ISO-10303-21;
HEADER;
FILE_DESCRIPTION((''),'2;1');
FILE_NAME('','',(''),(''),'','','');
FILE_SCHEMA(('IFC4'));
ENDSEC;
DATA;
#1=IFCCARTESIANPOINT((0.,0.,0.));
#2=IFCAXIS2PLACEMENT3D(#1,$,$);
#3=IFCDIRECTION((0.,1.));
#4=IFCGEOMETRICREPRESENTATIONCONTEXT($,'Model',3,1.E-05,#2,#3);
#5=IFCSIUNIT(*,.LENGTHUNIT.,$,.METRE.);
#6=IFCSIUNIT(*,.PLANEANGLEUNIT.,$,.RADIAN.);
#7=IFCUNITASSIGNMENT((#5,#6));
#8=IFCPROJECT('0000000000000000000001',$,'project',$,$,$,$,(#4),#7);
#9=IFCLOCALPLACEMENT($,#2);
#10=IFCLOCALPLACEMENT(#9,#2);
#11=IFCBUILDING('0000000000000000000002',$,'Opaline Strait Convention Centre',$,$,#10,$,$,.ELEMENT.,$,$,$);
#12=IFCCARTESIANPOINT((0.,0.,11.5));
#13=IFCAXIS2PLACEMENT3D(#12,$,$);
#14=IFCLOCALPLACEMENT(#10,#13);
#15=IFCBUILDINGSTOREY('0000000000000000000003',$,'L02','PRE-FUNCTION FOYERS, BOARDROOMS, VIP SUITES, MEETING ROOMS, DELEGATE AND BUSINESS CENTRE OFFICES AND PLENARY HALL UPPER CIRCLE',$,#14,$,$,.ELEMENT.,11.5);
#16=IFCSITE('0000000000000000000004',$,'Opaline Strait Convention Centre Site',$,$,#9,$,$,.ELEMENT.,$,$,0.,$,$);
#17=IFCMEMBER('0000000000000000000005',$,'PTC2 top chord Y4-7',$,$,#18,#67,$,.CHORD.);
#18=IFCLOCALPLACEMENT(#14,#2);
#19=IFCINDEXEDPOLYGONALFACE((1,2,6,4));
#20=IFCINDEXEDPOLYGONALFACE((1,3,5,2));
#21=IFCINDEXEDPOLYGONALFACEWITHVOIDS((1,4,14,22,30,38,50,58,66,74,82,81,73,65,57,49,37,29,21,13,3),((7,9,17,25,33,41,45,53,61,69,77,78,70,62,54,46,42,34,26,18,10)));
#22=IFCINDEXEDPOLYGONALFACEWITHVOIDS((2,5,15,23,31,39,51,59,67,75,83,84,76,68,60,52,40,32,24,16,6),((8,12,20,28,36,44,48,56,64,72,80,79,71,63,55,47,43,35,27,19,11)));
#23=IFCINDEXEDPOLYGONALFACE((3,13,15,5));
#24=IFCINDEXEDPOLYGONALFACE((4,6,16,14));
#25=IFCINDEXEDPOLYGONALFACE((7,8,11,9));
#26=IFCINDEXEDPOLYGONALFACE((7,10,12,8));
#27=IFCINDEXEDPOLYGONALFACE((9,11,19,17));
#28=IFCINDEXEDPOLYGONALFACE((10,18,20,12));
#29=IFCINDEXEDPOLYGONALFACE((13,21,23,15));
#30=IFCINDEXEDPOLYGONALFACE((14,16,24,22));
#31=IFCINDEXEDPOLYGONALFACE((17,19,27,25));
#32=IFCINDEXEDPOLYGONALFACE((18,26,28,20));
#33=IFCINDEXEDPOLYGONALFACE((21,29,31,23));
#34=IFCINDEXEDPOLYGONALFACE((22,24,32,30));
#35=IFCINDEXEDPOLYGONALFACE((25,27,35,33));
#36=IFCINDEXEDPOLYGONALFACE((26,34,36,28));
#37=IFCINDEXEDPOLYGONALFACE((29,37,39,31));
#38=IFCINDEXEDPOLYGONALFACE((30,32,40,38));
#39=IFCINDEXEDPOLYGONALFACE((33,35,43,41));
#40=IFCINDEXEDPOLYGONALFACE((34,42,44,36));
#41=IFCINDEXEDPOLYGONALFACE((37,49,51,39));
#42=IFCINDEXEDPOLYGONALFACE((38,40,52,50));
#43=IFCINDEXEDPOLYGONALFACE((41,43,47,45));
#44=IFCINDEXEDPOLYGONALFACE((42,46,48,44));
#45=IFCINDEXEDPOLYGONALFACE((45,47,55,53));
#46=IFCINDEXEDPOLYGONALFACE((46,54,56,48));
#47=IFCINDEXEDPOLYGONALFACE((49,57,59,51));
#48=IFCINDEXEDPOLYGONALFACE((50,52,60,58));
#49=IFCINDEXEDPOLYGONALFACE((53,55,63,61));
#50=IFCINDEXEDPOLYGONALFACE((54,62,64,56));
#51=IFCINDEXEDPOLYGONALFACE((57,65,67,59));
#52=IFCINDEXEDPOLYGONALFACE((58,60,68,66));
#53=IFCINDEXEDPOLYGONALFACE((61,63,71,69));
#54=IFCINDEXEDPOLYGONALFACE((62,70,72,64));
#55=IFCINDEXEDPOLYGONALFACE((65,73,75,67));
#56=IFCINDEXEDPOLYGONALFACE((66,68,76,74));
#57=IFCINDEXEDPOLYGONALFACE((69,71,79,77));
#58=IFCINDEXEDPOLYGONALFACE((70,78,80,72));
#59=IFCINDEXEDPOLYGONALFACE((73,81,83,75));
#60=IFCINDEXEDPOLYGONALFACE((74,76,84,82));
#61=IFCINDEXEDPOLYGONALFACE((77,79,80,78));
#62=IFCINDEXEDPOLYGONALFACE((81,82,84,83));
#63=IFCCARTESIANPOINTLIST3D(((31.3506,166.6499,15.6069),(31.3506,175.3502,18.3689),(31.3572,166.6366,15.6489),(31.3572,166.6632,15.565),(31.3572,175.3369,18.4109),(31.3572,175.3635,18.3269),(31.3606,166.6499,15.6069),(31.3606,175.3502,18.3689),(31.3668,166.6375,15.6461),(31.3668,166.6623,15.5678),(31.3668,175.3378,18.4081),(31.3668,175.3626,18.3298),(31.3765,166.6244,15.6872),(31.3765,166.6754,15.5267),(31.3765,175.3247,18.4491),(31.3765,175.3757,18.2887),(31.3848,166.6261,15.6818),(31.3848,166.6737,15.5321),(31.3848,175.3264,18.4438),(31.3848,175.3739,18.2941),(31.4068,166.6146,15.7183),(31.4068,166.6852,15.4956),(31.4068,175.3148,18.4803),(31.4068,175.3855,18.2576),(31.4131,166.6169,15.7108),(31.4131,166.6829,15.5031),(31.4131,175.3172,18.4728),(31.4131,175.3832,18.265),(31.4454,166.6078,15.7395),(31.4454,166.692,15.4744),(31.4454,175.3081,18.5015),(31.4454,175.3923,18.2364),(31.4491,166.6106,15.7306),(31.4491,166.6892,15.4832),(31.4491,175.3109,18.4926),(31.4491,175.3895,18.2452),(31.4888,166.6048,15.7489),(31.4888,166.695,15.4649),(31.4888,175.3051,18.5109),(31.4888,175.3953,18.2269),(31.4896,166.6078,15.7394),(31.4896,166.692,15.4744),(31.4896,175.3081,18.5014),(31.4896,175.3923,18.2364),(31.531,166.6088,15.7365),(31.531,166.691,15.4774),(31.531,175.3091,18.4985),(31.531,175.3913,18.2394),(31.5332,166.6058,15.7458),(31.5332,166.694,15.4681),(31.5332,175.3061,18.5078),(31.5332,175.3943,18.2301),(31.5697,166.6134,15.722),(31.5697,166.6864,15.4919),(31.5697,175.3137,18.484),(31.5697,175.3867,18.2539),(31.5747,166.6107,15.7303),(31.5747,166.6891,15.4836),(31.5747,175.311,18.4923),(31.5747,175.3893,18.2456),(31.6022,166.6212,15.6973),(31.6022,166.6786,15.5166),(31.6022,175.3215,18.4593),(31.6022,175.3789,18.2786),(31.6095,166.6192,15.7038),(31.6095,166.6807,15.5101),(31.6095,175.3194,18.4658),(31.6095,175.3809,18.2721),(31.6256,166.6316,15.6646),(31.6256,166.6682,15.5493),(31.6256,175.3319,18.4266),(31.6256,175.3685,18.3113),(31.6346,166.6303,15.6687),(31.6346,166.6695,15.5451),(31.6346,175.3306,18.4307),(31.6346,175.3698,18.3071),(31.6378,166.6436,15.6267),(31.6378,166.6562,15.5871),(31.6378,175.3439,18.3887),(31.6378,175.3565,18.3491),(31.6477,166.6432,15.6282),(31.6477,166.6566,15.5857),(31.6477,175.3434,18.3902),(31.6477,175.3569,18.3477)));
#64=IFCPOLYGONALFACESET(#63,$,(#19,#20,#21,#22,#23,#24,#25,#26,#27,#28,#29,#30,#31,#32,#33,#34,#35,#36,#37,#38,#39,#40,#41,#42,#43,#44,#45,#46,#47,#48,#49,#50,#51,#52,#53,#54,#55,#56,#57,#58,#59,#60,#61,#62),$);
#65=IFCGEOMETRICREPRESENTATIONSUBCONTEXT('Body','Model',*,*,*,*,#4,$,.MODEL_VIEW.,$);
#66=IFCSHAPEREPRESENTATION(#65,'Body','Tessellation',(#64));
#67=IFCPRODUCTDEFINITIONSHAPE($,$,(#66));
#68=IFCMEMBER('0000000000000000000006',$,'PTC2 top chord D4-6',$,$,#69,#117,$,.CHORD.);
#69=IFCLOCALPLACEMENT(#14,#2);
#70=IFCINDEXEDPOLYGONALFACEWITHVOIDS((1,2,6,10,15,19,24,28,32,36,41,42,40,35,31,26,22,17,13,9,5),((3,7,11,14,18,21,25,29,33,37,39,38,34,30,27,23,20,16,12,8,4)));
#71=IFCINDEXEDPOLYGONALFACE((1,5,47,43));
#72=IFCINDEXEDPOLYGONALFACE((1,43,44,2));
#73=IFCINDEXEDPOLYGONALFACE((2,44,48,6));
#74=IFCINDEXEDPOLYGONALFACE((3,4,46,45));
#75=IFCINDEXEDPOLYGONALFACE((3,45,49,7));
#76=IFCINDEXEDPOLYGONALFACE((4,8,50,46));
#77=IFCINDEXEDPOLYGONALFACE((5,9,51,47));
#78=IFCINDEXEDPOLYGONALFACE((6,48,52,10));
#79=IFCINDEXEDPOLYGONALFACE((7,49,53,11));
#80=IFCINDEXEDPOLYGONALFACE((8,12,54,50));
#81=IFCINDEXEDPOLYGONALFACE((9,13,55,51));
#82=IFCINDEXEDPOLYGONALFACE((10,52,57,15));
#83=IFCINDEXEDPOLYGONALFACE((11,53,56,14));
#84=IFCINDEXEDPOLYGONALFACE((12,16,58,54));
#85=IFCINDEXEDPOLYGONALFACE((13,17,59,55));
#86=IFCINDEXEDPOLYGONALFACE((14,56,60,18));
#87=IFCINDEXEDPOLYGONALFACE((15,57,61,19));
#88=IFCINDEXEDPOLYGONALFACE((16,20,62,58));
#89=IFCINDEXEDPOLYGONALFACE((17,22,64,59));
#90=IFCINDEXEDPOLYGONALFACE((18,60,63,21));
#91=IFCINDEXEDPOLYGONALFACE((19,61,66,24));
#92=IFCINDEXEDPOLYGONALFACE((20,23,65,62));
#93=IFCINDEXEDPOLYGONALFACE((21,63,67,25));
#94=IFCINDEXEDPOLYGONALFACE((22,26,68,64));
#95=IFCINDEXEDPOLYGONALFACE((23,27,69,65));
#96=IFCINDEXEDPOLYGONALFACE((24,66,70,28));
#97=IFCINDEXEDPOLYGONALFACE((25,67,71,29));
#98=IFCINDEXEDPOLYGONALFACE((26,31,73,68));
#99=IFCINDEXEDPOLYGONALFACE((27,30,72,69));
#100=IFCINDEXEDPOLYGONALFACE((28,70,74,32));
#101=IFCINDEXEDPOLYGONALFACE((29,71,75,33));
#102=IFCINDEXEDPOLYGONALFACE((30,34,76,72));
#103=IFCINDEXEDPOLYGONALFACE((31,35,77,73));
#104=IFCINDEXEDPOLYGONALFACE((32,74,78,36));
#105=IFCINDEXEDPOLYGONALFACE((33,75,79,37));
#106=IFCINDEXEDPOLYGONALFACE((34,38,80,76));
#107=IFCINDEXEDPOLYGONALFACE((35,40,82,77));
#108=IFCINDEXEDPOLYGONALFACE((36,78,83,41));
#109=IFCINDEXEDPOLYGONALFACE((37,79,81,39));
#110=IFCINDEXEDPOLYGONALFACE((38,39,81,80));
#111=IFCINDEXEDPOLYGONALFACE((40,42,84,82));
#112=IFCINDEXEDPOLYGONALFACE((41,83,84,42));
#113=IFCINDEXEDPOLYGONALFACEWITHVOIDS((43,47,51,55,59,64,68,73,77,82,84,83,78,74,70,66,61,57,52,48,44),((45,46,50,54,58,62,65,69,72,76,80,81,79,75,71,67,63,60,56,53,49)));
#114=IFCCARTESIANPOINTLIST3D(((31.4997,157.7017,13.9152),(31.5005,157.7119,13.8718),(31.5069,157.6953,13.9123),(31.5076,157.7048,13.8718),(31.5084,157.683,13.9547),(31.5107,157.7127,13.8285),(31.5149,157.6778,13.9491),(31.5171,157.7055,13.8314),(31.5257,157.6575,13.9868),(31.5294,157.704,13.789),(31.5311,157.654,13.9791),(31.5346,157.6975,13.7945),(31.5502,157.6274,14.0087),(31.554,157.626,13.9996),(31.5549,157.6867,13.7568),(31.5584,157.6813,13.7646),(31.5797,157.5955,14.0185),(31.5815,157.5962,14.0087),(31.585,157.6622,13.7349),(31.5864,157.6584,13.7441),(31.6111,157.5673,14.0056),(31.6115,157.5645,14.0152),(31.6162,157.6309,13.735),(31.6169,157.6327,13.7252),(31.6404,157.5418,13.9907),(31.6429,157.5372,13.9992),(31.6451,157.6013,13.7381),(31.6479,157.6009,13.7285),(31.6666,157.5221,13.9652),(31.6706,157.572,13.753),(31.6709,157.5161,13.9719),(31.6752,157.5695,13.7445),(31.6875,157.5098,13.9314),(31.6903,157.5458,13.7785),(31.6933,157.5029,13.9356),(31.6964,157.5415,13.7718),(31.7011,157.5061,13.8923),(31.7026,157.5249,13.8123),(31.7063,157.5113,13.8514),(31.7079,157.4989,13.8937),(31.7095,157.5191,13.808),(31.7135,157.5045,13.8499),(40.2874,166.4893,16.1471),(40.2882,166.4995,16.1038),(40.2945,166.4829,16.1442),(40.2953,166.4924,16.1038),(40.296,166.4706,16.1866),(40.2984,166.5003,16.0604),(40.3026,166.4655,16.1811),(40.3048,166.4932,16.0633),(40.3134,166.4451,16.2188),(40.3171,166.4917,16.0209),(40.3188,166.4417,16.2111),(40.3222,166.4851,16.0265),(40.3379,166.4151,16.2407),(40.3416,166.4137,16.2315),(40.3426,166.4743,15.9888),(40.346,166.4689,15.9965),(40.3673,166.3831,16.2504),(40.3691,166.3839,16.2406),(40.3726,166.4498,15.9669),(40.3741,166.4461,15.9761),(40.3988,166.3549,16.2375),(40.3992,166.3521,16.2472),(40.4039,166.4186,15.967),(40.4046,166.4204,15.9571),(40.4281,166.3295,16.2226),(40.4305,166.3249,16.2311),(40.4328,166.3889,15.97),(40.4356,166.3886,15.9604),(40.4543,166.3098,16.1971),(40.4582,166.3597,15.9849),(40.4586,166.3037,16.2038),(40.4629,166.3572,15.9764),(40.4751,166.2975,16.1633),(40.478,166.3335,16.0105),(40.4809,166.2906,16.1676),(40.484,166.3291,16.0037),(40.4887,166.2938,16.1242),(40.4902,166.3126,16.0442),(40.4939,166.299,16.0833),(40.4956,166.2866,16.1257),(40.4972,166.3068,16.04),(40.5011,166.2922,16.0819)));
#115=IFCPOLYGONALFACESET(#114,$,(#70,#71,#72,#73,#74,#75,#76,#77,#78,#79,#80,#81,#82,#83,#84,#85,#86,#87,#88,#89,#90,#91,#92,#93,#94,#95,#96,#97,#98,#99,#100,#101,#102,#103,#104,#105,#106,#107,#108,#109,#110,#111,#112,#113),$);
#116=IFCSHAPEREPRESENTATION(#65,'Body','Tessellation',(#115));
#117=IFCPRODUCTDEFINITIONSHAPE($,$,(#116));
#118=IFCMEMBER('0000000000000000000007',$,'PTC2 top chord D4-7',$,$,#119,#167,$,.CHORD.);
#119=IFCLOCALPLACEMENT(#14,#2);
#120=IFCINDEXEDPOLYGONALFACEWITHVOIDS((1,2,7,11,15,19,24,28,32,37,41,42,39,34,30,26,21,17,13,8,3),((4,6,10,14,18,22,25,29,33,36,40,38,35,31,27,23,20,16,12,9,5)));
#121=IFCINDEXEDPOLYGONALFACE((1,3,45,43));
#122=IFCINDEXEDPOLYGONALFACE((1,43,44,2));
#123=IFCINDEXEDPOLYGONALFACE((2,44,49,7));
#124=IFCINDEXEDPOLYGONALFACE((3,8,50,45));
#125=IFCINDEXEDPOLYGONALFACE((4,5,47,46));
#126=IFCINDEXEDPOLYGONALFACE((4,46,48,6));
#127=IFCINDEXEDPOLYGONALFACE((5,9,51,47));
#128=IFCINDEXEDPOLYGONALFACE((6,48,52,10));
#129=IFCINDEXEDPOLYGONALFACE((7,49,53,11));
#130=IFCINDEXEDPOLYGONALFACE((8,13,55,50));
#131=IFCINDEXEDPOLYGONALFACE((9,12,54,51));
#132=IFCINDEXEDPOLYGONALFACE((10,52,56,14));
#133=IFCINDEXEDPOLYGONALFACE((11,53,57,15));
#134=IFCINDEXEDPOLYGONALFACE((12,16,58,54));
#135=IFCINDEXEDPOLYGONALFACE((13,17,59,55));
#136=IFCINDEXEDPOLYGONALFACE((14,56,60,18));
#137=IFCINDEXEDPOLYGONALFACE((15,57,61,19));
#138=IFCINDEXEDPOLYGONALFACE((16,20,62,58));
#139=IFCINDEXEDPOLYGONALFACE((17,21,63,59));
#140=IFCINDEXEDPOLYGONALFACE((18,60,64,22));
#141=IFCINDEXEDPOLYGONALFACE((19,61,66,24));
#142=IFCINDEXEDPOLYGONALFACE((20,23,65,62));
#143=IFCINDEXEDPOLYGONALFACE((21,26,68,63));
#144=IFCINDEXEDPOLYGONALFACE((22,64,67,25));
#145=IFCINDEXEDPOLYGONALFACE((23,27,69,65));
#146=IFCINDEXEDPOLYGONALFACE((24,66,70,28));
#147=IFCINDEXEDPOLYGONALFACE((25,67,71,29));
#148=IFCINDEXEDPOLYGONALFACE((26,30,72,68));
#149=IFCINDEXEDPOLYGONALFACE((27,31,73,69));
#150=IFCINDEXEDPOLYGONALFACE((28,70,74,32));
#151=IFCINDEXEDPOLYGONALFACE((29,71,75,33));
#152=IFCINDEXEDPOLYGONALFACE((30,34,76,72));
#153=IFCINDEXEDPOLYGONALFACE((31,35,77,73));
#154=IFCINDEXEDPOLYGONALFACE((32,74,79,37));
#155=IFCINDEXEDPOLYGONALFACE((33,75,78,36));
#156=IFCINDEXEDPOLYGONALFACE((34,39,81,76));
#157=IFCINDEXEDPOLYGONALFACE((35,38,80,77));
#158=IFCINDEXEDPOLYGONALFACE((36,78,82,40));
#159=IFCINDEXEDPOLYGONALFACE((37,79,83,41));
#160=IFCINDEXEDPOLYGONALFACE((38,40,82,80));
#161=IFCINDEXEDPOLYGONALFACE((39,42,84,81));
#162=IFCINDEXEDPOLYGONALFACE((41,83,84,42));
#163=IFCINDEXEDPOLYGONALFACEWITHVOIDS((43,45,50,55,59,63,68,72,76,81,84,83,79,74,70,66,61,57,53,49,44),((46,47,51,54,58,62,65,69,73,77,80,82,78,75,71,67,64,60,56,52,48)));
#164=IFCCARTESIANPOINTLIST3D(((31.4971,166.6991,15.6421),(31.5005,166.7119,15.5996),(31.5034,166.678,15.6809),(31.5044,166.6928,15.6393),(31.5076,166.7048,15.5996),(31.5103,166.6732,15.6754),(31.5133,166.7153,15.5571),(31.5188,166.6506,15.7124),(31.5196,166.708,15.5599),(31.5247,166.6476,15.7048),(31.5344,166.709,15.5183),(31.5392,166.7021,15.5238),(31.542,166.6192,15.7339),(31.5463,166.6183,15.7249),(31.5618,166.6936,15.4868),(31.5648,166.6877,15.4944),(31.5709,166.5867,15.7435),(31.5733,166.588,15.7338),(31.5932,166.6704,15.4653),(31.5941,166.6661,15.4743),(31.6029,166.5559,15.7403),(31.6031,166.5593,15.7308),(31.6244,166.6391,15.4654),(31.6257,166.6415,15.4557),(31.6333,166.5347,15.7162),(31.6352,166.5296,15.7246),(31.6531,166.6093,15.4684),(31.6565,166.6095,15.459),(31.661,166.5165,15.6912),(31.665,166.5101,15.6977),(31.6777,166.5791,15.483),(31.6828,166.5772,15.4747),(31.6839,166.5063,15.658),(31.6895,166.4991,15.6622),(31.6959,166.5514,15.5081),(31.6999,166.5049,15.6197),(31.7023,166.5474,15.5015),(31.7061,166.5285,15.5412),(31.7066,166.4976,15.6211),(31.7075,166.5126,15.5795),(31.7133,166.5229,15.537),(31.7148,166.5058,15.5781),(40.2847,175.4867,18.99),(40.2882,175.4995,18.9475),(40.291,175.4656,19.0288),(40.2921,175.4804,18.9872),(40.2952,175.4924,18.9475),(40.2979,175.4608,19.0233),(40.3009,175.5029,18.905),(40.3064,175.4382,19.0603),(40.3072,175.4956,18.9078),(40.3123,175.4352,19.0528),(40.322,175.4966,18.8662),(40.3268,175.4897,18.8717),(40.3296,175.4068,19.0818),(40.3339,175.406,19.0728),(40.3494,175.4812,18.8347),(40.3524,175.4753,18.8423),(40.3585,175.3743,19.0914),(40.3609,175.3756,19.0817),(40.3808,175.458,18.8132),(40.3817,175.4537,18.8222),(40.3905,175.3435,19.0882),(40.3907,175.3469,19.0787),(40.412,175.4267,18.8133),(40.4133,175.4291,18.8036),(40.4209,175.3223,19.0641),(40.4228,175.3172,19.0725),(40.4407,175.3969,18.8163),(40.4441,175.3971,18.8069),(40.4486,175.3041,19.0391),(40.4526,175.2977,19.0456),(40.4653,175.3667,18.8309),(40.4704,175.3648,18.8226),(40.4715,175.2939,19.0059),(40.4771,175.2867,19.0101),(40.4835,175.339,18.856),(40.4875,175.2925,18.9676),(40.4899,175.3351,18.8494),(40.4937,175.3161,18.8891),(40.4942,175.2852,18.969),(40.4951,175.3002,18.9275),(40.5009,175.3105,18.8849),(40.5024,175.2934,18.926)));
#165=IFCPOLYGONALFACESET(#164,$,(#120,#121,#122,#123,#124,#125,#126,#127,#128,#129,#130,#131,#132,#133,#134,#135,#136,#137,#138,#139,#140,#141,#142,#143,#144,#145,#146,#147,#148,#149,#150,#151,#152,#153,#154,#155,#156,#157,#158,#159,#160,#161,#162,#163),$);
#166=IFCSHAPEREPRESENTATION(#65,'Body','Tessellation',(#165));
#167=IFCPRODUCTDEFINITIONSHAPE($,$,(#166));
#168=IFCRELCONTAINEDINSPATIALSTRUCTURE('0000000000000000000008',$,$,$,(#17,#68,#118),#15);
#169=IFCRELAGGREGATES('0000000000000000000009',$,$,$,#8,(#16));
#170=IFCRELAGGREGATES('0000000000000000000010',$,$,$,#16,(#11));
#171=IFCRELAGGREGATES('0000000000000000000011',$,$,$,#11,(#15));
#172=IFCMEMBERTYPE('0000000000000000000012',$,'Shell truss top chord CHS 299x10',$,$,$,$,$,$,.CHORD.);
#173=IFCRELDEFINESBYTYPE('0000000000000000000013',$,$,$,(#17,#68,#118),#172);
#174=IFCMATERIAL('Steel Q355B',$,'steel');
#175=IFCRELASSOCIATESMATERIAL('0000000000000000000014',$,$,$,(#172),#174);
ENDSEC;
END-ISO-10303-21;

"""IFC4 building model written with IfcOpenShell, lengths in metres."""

from ifc_helpers import new_model, si_unit, direction, frame, origin, origin_2d, place, context, subcontext, project, spatial, hollow_circle, extrude, material, material_profile, profile_set, type_object, element, save


model = new_model("IFC4")

# Units and contexts
model_context = context("Model", 3, precision=1e-05, world=origin(), true_north=direction((0.0, 1.0)))
body_context = subcontext(model_context, "Body", "Model", "MODEL_VIEW")
ifc_project = project(units=[si_unit("LENGTHUNIT", "METRE"), si_unit("PLANEANGLEUNIT", "RADIAN")], contexts=[model_context])

# Site, building, storey
site_placement = place(None, origin())
site = spatial("IfcSite", under=ifc_project, at=site_placement, Name="Opaline Strait Convention Centre Site", CompositionType="ELEMENT", RefElevation=0.0)
building_placement = place(site_placement, origin())
building = spatial("IfcBuilding", under=site, at=building_placement, Name="Opaline Strait Convention Centre", CompositionType="ELEMENT")
storey_placement = place(building_placement, frame((0.0, 0.0, 11.5)))
storey = spatial("IfcBuildingStorey", under=building, at=storey_placement, Name="L02", Description="PRE-FUNCTION FOYERS, BOARDROOMS, VIP SUITES, MEETING ROOMS, DELEGATE AND BUSINESS CENTRE OFFICES AND PLENARY HALL UPPER CIRCLE", CompositionType="ELEMENT", Elevation=11.5)

# Members
ifc_material_1 = material(Name="Steel Q355B", Category="steel")
ifc_material_profile_1 = material_profile(ifc_material_1, hollow_circle(Radius=0.1494, WallThickness=0.01, at=origin_2d()), Name="CHS 299x10")
ifc_profile_set_1 = profile_set([ifc_material_profile_1], Name="Steel Q355B")
member_type_1 = type_object("IfcMemberType", Name="Shell truss top chord CHS 299x10", PredefinedType="CHORD", material=ifc_profile_set_1)
member_1_placement = place(storey_placement, frame((31.5, 166.6499, 15.6069), z_axis=(0.0, 0.953124, 0.302579), x_axis=(-1.0, 0.0, 0.0)))
element("IfcMember", 1, at=member_1_placement, inside=storey, type_object=member_type_1, Name="PTC2 top chord Y4-7", PredefinedType="CHORD", context=body_context, shape_type="SweptSolid", body=[
    extrude(hollow_circle(Radius=0.1494, WallThickness=0.01, at=origin_2d()), origin(), (0.0, 0.0, 1.0), 9.1282),
])
member_2_placement = place(storey_placement, frame((31.6062, 157.6062, 13.8718), z_axis=(0.695972, 0.695972, 0.176768), x_axis=(-0.707107, 0.707107, 0.0)))
element("IfcMember", 2, at=member_2_placement, inside=storey, type_object=member_type_1, Name="PTC2 top chord D4-6", PredefinedType="CHORD", context=body_context, shape_type="SweptSolid", body=[
    extrude(hollow_circle(Radius=0.1494, WallThickness=0.01, at=origin_2d()), origin(), (0.0, 0.0, 1.0), 12.6265),
])
member_3_placement = place(storey_placement, frame((31.6062, 166.6062, 15.5996), z_axis=(0.682766, 0.682766, 0.26012), x_axis=(-0.707107, 0.707107, 0.0)))
element("IfcMember", 3, at=member_3_placement, inside=storey, type_object=member_type_1, Name="PTC2 top chord D4-7", PredefinedType="CHORD", context=body_context, shape_type="SweptSolid", body=[
    extrude(hollow_circle(Radius=0.1494, WallThickness=0.01, at=origin_2d()), origin(), (0.0, 0.0, 1.0), 12.8706),
])

save(model, "model.ifc")
